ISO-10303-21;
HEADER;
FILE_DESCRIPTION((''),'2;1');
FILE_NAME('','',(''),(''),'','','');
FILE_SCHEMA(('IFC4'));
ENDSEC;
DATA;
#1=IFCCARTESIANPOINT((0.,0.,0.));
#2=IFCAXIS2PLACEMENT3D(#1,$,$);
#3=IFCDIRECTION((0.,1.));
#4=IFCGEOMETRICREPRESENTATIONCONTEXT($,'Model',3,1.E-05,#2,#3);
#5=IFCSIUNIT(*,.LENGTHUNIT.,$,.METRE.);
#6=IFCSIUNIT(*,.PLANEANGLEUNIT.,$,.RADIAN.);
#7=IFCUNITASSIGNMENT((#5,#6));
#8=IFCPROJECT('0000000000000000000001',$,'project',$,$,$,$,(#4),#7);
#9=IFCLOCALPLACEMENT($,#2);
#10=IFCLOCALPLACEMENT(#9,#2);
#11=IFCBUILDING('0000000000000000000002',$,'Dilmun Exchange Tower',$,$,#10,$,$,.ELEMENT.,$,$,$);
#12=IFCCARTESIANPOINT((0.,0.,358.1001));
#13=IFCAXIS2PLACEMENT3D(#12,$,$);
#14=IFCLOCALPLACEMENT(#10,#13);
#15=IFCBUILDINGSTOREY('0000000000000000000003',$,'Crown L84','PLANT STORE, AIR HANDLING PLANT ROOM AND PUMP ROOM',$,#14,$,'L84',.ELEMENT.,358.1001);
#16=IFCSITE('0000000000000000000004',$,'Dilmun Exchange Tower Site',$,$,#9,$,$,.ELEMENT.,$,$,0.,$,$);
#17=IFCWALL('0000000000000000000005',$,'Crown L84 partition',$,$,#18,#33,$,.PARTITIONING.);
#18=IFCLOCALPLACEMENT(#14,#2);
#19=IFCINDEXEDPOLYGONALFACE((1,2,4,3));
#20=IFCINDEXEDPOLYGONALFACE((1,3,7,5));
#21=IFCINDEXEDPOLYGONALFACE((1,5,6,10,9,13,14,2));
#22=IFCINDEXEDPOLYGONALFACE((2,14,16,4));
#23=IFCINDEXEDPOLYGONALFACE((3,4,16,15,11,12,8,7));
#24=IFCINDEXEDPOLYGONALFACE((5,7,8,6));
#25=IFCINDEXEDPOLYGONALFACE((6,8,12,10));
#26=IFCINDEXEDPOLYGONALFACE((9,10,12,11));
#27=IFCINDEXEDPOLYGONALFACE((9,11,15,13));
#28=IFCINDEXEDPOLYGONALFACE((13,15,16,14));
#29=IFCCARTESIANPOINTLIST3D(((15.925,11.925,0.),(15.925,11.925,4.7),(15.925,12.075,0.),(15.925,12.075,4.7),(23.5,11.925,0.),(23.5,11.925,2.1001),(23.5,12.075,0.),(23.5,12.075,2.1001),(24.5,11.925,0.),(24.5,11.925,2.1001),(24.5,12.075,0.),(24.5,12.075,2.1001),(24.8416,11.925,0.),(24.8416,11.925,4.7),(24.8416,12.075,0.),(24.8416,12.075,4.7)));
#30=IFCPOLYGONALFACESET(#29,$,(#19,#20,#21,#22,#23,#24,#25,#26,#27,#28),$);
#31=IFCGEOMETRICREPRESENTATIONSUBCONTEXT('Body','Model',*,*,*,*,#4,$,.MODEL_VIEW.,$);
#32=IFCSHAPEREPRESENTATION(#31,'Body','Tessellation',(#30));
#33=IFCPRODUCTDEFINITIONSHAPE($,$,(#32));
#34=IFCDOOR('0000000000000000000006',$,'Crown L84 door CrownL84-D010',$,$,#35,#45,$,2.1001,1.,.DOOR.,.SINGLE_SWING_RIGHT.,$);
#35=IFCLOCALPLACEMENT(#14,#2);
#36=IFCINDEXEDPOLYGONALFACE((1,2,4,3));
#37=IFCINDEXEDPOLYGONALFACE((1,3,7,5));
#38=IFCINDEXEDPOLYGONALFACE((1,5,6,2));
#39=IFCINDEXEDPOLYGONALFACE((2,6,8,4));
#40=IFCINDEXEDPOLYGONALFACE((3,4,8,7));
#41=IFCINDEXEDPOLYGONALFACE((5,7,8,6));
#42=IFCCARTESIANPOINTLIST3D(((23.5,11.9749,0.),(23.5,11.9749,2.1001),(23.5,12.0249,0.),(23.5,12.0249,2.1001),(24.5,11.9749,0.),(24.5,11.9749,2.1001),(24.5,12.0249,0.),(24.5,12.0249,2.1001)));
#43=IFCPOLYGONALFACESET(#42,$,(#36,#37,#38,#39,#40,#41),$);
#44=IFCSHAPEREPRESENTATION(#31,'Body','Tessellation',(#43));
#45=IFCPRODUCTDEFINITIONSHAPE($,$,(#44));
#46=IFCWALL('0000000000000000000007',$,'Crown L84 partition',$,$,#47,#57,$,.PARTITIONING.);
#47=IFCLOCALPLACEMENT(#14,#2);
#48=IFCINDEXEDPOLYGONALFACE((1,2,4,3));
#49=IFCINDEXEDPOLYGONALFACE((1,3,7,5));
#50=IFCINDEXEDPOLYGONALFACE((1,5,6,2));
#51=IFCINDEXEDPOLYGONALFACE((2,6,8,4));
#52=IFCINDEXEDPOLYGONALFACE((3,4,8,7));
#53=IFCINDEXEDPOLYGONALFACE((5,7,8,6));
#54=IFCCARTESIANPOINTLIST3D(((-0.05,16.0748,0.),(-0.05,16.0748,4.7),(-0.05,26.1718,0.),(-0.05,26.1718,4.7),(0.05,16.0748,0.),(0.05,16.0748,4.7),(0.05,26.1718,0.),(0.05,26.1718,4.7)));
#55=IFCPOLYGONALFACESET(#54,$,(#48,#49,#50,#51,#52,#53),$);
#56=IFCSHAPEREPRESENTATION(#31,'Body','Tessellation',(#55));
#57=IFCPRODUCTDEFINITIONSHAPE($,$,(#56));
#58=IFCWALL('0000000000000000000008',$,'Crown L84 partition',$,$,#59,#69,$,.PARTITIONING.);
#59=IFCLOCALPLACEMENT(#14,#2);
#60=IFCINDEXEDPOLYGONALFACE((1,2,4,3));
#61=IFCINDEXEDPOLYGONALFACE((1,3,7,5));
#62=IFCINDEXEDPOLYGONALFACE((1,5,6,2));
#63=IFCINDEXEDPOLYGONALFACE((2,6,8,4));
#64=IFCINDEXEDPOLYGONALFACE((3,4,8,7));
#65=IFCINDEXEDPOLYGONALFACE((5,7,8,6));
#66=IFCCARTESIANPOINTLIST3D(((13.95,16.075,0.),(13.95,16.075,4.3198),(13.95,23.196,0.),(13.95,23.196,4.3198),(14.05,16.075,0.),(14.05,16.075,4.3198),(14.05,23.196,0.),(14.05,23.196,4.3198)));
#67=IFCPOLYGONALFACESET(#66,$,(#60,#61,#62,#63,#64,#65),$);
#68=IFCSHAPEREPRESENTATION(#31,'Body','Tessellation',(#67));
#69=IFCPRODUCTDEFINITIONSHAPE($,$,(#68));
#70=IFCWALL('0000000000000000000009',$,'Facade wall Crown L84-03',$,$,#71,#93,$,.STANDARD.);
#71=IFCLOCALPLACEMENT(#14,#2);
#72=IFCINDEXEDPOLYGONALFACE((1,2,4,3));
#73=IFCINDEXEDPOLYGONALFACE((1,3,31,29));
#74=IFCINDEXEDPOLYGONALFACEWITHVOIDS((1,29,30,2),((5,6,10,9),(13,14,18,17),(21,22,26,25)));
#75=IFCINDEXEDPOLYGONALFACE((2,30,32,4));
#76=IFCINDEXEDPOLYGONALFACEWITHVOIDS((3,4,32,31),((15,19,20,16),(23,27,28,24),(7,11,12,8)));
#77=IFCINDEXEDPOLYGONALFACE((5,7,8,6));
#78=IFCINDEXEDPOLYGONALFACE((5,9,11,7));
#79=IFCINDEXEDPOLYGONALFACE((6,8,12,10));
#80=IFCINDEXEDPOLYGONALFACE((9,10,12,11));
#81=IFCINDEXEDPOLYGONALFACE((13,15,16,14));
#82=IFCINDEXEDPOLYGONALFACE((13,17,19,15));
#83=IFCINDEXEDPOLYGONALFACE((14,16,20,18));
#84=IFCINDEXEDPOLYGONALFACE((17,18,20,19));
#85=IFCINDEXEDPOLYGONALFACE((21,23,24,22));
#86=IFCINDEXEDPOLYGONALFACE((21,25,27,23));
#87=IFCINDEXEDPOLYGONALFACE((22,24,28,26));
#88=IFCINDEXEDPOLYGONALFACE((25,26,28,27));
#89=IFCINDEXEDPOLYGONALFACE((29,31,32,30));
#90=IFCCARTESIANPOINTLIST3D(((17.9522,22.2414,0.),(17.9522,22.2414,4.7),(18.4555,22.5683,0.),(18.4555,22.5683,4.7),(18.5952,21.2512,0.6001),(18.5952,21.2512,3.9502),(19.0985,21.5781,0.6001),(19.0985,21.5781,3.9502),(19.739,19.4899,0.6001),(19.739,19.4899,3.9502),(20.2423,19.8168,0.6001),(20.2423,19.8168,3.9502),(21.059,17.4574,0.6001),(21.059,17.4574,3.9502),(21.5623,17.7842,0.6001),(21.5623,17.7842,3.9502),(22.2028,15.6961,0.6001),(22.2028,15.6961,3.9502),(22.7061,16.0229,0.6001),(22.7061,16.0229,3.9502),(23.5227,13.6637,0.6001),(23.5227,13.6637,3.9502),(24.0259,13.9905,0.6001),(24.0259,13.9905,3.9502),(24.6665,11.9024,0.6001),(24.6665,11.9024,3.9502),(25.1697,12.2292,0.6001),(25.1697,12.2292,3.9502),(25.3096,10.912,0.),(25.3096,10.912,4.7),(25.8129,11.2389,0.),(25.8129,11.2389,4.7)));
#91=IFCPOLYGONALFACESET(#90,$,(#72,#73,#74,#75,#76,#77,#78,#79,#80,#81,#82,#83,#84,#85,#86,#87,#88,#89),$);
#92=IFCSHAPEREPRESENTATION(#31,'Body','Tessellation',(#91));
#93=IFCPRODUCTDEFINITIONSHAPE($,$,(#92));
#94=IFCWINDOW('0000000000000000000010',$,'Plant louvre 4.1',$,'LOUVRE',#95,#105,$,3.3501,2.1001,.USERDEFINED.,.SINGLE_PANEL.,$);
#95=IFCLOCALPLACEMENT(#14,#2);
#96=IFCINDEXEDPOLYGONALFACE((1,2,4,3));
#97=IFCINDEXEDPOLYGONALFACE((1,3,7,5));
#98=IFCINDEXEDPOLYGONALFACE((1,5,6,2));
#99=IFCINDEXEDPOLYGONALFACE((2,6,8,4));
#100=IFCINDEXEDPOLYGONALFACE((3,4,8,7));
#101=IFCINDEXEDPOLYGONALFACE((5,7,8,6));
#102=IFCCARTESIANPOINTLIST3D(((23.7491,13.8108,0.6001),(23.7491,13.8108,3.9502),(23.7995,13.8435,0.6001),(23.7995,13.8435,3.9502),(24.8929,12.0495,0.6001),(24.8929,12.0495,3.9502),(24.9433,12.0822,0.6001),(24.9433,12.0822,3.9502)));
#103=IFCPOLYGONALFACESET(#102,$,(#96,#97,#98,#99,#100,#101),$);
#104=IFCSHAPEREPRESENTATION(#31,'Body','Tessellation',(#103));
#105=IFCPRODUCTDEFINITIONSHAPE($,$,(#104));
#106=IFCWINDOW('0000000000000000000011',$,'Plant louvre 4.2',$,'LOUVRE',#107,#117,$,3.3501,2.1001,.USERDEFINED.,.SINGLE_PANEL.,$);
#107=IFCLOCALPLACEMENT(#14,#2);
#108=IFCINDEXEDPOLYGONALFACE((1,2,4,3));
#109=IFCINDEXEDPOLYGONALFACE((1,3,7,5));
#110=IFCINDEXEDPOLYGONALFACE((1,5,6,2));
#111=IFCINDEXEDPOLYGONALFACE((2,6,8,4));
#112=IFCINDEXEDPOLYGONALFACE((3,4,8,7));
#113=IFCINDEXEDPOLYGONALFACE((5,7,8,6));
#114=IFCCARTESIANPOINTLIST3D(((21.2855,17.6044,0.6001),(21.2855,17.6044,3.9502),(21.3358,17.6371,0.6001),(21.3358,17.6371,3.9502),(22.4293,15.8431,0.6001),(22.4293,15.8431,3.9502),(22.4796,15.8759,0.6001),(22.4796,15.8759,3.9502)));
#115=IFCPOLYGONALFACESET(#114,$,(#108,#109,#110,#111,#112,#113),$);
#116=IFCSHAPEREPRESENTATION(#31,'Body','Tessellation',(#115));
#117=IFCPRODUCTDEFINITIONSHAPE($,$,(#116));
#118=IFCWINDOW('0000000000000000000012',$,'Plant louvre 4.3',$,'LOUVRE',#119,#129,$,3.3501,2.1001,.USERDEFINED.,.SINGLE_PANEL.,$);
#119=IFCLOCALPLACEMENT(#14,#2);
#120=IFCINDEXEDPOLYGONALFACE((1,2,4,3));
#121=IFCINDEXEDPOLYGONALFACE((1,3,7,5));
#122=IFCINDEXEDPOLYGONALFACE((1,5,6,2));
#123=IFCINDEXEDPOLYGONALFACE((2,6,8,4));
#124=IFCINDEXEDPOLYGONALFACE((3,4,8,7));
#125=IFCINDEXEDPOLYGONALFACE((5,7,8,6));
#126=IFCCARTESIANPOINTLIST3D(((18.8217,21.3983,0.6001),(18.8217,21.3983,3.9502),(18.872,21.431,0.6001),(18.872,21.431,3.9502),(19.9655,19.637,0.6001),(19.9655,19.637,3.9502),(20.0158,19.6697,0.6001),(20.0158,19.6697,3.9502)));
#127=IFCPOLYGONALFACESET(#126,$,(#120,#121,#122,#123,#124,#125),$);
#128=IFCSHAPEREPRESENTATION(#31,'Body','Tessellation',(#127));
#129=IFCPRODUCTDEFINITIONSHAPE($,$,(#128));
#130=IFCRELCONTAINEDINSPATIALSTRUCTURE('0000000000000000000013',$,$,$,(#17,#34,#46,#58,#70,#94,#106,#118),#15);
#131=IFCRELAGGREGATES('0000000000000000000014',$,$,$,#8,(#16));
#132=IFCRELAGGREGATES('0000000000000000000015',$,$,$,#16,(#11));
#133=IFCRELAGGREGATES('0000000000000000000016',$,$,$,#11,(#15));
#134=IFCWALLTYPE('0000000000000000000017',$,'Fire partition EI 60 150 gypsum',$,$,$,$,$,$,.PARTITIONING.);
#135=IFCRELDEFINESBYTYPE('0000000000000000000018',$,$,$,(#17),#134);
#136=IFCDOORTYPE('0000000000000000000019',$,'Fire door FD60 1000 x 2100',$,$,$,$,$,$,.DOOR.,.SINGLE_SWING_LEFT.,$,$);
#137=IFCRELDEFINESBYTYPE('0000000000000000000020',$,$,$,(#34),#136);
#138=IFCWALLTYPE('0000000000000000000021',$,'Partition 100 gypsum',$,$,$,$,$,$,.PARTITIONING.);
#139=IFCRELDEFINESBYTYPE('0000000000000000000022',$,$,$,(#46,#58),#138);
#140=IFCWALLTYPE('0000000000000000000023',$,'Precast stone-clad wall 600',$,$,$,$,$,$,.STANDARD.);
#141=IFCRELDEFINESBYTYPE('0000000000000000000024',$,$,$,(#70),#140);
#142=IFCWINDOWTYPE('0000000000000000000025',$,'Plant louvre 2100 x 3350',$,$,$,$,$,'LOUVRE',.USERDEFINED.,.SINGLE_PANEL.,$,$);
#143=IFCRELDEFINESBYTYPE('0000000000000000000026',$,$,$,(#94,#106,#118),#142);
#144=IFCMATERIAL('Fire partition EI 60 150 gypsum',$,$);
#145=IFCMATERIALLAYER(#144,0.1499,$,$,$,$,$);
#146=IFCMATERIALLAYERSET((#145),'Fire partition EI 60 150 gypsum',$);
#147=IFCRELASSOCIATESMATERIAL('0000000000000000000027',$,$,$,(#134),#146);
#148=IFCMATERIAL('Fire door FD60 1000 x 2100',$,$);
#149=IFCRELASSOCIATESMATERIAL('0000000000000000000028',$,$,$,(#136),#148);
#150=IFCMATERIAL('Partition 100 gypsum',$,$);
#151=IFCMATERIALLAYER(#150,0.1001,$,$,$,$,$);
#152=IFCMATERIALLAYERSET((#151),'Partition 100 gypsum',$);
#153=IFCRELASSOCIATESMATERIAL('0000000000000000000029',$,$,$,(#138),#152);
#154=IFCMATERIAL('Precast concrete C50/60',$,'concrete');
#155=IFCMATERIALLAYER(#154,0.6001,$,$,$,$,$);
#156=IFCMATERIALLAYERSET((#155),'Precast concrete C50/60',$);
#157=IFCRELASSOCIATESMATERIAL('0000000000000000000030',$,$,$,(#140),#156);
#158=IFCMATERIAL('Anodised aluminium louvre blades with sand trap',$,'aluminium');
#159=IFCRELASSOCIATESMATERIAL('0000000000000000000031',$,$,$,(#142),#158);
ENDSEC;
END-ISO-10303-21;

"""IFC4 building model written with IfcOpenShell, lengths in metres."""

from ifc_helpers import new_model, si_unit, direction, frame, frame_2d, origin, place, context, subcontext, project, spatial, rectangle, extrude, material, layer, layer_set, type_object, element, fill, save


model = new_model("IFC4")

# Units and contexts
model_context = context("Model", 3, precision=1e-05, world=origin(), true_north=direction((0.0, 1.0)))
body_context = subcontext(model_context, "Body", "Model", "MODEL_VIEW")
ifc_project = project(units=[si_unit("LENGTHUNIT", "METRE"), si_unit("PLANEANGLEUNIT", "RADIAN")], contexts=[model_context])

# Site, building, storey
site_placement = place(None, origin())
site = spatial("IfcSite", under=ifc_project, at=site_placement, Name="Dilmun Exchange Tower Site", CompositionType="ELEMENT", RefElevation=0.0)
building_placement = place(site_placement, origin())
building = spatial("IfcBuilding", under=site, at=building_placement, Name="Dilmun Exchange Tower", CompositionType="ELEMENT")
storey_placement = place(building_placement, frame((0.0, 0.0, 358.1001)))
storey = spatial("IfcBuildingStorey", under=building, at=storey_placement, Name="Crown L84", Description="PLANT STORE, AIR HANDLING PLANT ROOM AND PUMP ROOM", LongName="L84", CompositionType="ELEMENT", Elevation=358.1001)

# Wall, opening, door
ifc_material_1 = material(Name="Fire partition EI 60 150 gypsum")
ifc_layer_1 = layer(ifc_material_1, 0.1499)
ifc_layer_set_1 = layer_set([ifc_layer_1], Name="Fire partition EI 60 150 gypsum")
wall_type_1 = type_object("IfcWallType", Name="Fire partition EI 60 150 gypsum", PredefinedType="PARTITIONING", material=ifc_layer_set_1)
wall_1_placement = place(storey_placement, frame((15.925, 12.0, 0.0), z_axis=(0.0, 0.0, 1.0), x_axis=(1.0, 0.0, 0.0)))
wall_1 = element("IfcWall", 1, at=wall_1_placement, inside=storey, type_object=wall_type_1, Name="Crown L84 partition", PredefinedType="PARTITIONING", context=body_context, shape_type="SweptSolid", body=[
    extrude(rectangle(XDim=8.9165, YDim=0.1499, at=frame_2d((4.4583, 0.0))), origin(), (0.0, 0.0, 1.0), 4.7),
])
opening_1_placement = place(wall_1_placement, frame((7.575, 0.0, 0.0)))
opening_1 = element("IfcOpeningElement", 2, at=opening_1_placement, cuts=wall_1, PredefinedType="OPENING", context=body_context, shape_type="SweptSolid", body=[
    extrude(rectangle(XDim=1.0, YDim=2.1001, at=frame_2d((0.5, 1.05))), frame((0.0, 0.085, 0.0), z_axis=(0.0, -1.0, 0.0), x_axis=(1.0, 0.0, 0.0)), (0.0, 0.0, 1.0), 0.1699),
])
ifc_material_2 = material(Name="Fire door FD60 1000 x 2100")
door_type = type_object("IfcDoorType", Name="Fire door FD60 1000 x 2100", OperationType="SINGLE_SWING_LEFT", PredefinedType="DOOR", material=ifc_material_2)
door_placement = place(opening_1_placement, origin())
door = element("IfcDoor", 3, at=door_placement, inside=storey, type_object=door_type, Name="Crown L84 door CrownL84-D010", OperationType="SINGLE_SWING_RIGHT", OverallHeight=2.1001, OverallWidth=1.0, PredefinedType="DOOR", context=body_context, shape_type="SweptSolid", body=[
    extrude(rectangle(XDim=1.0, YDim=2.1001, at=frame_2d((0.5, 1.05))), frame((0.0, 0.0249, 0.0), z_axis=(0.0, -1.0, 0.0), x_axis=(1.0, 0.0, 0.0)), (0.0, 0.0, 1.0), 0.05),
])
fill(opening_1, door)

# Walls
ifc_material_3 = material(Name="Partition 100 gypsum")
ifc_layer_2 = layer(ifc_material_3, 0.1001)
ifc_layer_set_2 = layer_set([ifc_layer_2], Name="Partition 100 gypsum")
wall_type_2 = type_object("IfcWallType", Name="Partition 100 gypsum", PredefinedType="PARTITIONING", material=ifc_layer_set_2)
wall_2_placement = place(storey_placement, frame((0.0, 16.075, 0.0), z_axis=(0.0, 0.0, 1.0), x_axis=(0.0, 1.0, 0.0)))
element("IfcWall", 4, at=wall_2_placement, inside=storey, type_object=wall_type_2, Name="Crown L84 partition", PredefinedType="PARTITIONING", context=body_context, shape_type="SweptSolid", body=[
    extrude(rectangle(XDim=10.0969, YDim=0.1001, at=frame_2d((5.0483, 0.0))), origin(), (0.0, 0.0, 1.0), 4.7),
])
wall_3_placement = place(storey_placement, frame((14.0, 16.075, 0.0), z_axis=(0.0, 0.0, 1.0), x_axis=(0.0, 1.0, 0.0)))
element("IfcWall", 5, at=wall_3_placement, inside=storey, type_object=wall_type_2, Name="Crown L84 partition", PredefinedType="PARTITIONING", context=body_context, shape_type="SweptSolid", body=[
    extrude(rectangle(XDim=7.1211, YDim=0.1001, at=frame_2d((3.5605, 0.0))), origin(), (0.0, 0.0, 1.0), 4.3198),
])

# Wall, openings, windows
ifc_material_4 = material(Name="Precast concrete C50/60", Category="concrete")
ifc_layer_3 = layer(ifc_material_4, 0.6001)
ifc_layer_set_3 = layer_set([ifc_layer_3], Name="Precast concrete C50/60")
wall_type_3 = type_object("IfcWallType", Name="Precast stone-clad wall 600", PredefinedType="STANDARD", material=ifc_layer_set_3)
wall_4_placement = place(storey_placement, frame((25.5613, 11.0754, 0.0), z_axis=(0.0, 0.0, 1.0), x_axis=(-0.544642, 0.838669, 0.0)))
wall_4 = element("IfcWall", 6, at=wall_4_placement, inside=storey, type_object=wall_type_3, Name="Facade wall Crown L84-03", PredefinedType="STANDARD", context=body_context, shape_type="SweptSolid", body=[
    extrude(rectangle(XDim=13.5088, YDim=0.6001, at=frame_2d((6.7544, 0.0))), origin(), (0.0, 0.0, 1.0), 4.7),
])
opening_2_placement = place(wall_4_placement, frame((1.1809, 0.0, 0.6001)))
opening_2 = element("IfcOpeningElement", 7, at=opening_2_placement, cuts=wall_4, PredefinedType="OPENING", context=body_context, shape_type="SweptSolid", body=[
    extrude(rectangle(XDim=2.1001, YDim=3.3501, at=frame_2d((1.05, 1.675))), frame((0.0, 0.3101, 0.0), z_axis=(0.0, -1.0, 0.0), x_axis=(1.0, 0.0, 0.0)), (0.0, 0.0, 1.0), 0.6201),
])
opening_3_placement = place(wall_4_placement, frame((5.7043, 0.0, 0.6001)))
opening_3 = element("IfcOpeningElement", 8, at=opening_3_placement, cuts=wall_4, PredefinedType="OPENING", context=body_context, shape_type="SweptSolid", body=[
    extrude(rectangle(XDim=2.1001, YDim=3.3501, at=frame_2d((1.05, 1.675))), frame((0.0, 0.3101, 0.0), z_axis=(0.0, -1.0, 0.0), x_axis=(1.0, 0.0, 0.0)), (0.0, 0.0, 1.0), 0.6201),
])
opening_4_placement = place(wall_4_placement, frame((10.228, 0.0, 0.6001)))
opening_4 = element("IfcOpeningElement", 9, at=opening_4_placement, cuts=wall_4, PredefinedType="OPENING", context=body_context, shape_type="SweptSolid", body=[
    extrude(rectangle(XDim=2.1001, YDim=3.3501, at=frame_2d((1.05, 1.675))), frame((0.0, 0.3101, 0.0), z_axis=(0.0, -1.0, 0.0), x_axis=(1.0, 0.0, 0.0)), (0.0, 0.0, 1.0), 0.6201),
])
ifc_material_5 = material(Name="Anodised aluminium louvre blades with sand trap", Category="aluminium")
window_type_1 = type_object("IfcWindowType", Name="Plant louvre 2100 x 3350", ElementType="LOUVRE", PartitioningType="SINGLE_PANEL", PredefinedType="USERDEFINED", material=ifc_material_5)
window_1_placement = place(opening_2_placement, origin())
window_1 = element("IfcWindow", 10, at=window_1_placement, inside=storey, type_object=window_type_1, Name="Plant louvre 4.1", ObjectType="LOUVRE", OverallHeight=3.3501, OverallWidth=2.1001, PartitioningType="SINGLE_PANEL", PredefinedType="USERDEFINED", context=body_context, shape_type="SweptSolid", body=[
    extrude(rectangle(XDim=2.1001, YDim=3.3501, at=frame_2d((1.05, 1.675))), frame((0.0, 0.03, 0.0), z_axis=(0.0, -1.0, 0.0), x_axis=(1.0, 0.0, 0.0)), (0.0, 0.0, 1.0), 0.0601),
])
fill(opening_2, window_1)
window_2_placement = place(opening_3_placement, origin())
window_2 = element("IfcWindow", 11, at=window_2_placement, inside=storey, type_object=window_type_1, Name="Plant louvre 4.2", ObjectType="LOUVRE", OverallHeight=3.3501, OverallWidth=2.1001, PartitioningType="SINGLE_PANEL", PredefinedType="USERDEFINED", context=body_context, shape_type="SweptSolid", body=[
    extrude(rectangle(XDim=2.1001, YDim=3.3501, at=frame_2d((1.05, 1.675))), frame((0.0, 0.03, 0.0), z_axis=(0.0, -1.0, 0.0), x_axis=(1.0, 0.0, 0.0)), (0.0, 0.0, 1.0), 0.0601),
])
fill(opening_3, window_2)
window_3_placement = place(opening_4_placement, origin())
window_3 = element("IfcWindow", 12, at=window_3_placement, inside=storey, type_object=window_type_1, Name="Plant louvre 4.3", ObjectType="LOUVRE", OverallHeight=3.3501, OverallWidth=2.1001, PartitioningType="SINGLE_PANEL", PredefinedType="USERDEFINED", context=body_context, shape_type="SweptSolid", body=[
    extrude(rectangle(XDim=2.1001, YDim=3.3501, at=frame_2d((1.05, 1.675))), frame((0.0, 0.03, 0.0), z_axis=(0.0, -1.0, 0.0), x_axis=(1.0, 0.0, 0.0)), (0.0, 0.0, 1.0), 0.0601),
])
fill(opening_4, window_3)

save(model, "model.ifc")
